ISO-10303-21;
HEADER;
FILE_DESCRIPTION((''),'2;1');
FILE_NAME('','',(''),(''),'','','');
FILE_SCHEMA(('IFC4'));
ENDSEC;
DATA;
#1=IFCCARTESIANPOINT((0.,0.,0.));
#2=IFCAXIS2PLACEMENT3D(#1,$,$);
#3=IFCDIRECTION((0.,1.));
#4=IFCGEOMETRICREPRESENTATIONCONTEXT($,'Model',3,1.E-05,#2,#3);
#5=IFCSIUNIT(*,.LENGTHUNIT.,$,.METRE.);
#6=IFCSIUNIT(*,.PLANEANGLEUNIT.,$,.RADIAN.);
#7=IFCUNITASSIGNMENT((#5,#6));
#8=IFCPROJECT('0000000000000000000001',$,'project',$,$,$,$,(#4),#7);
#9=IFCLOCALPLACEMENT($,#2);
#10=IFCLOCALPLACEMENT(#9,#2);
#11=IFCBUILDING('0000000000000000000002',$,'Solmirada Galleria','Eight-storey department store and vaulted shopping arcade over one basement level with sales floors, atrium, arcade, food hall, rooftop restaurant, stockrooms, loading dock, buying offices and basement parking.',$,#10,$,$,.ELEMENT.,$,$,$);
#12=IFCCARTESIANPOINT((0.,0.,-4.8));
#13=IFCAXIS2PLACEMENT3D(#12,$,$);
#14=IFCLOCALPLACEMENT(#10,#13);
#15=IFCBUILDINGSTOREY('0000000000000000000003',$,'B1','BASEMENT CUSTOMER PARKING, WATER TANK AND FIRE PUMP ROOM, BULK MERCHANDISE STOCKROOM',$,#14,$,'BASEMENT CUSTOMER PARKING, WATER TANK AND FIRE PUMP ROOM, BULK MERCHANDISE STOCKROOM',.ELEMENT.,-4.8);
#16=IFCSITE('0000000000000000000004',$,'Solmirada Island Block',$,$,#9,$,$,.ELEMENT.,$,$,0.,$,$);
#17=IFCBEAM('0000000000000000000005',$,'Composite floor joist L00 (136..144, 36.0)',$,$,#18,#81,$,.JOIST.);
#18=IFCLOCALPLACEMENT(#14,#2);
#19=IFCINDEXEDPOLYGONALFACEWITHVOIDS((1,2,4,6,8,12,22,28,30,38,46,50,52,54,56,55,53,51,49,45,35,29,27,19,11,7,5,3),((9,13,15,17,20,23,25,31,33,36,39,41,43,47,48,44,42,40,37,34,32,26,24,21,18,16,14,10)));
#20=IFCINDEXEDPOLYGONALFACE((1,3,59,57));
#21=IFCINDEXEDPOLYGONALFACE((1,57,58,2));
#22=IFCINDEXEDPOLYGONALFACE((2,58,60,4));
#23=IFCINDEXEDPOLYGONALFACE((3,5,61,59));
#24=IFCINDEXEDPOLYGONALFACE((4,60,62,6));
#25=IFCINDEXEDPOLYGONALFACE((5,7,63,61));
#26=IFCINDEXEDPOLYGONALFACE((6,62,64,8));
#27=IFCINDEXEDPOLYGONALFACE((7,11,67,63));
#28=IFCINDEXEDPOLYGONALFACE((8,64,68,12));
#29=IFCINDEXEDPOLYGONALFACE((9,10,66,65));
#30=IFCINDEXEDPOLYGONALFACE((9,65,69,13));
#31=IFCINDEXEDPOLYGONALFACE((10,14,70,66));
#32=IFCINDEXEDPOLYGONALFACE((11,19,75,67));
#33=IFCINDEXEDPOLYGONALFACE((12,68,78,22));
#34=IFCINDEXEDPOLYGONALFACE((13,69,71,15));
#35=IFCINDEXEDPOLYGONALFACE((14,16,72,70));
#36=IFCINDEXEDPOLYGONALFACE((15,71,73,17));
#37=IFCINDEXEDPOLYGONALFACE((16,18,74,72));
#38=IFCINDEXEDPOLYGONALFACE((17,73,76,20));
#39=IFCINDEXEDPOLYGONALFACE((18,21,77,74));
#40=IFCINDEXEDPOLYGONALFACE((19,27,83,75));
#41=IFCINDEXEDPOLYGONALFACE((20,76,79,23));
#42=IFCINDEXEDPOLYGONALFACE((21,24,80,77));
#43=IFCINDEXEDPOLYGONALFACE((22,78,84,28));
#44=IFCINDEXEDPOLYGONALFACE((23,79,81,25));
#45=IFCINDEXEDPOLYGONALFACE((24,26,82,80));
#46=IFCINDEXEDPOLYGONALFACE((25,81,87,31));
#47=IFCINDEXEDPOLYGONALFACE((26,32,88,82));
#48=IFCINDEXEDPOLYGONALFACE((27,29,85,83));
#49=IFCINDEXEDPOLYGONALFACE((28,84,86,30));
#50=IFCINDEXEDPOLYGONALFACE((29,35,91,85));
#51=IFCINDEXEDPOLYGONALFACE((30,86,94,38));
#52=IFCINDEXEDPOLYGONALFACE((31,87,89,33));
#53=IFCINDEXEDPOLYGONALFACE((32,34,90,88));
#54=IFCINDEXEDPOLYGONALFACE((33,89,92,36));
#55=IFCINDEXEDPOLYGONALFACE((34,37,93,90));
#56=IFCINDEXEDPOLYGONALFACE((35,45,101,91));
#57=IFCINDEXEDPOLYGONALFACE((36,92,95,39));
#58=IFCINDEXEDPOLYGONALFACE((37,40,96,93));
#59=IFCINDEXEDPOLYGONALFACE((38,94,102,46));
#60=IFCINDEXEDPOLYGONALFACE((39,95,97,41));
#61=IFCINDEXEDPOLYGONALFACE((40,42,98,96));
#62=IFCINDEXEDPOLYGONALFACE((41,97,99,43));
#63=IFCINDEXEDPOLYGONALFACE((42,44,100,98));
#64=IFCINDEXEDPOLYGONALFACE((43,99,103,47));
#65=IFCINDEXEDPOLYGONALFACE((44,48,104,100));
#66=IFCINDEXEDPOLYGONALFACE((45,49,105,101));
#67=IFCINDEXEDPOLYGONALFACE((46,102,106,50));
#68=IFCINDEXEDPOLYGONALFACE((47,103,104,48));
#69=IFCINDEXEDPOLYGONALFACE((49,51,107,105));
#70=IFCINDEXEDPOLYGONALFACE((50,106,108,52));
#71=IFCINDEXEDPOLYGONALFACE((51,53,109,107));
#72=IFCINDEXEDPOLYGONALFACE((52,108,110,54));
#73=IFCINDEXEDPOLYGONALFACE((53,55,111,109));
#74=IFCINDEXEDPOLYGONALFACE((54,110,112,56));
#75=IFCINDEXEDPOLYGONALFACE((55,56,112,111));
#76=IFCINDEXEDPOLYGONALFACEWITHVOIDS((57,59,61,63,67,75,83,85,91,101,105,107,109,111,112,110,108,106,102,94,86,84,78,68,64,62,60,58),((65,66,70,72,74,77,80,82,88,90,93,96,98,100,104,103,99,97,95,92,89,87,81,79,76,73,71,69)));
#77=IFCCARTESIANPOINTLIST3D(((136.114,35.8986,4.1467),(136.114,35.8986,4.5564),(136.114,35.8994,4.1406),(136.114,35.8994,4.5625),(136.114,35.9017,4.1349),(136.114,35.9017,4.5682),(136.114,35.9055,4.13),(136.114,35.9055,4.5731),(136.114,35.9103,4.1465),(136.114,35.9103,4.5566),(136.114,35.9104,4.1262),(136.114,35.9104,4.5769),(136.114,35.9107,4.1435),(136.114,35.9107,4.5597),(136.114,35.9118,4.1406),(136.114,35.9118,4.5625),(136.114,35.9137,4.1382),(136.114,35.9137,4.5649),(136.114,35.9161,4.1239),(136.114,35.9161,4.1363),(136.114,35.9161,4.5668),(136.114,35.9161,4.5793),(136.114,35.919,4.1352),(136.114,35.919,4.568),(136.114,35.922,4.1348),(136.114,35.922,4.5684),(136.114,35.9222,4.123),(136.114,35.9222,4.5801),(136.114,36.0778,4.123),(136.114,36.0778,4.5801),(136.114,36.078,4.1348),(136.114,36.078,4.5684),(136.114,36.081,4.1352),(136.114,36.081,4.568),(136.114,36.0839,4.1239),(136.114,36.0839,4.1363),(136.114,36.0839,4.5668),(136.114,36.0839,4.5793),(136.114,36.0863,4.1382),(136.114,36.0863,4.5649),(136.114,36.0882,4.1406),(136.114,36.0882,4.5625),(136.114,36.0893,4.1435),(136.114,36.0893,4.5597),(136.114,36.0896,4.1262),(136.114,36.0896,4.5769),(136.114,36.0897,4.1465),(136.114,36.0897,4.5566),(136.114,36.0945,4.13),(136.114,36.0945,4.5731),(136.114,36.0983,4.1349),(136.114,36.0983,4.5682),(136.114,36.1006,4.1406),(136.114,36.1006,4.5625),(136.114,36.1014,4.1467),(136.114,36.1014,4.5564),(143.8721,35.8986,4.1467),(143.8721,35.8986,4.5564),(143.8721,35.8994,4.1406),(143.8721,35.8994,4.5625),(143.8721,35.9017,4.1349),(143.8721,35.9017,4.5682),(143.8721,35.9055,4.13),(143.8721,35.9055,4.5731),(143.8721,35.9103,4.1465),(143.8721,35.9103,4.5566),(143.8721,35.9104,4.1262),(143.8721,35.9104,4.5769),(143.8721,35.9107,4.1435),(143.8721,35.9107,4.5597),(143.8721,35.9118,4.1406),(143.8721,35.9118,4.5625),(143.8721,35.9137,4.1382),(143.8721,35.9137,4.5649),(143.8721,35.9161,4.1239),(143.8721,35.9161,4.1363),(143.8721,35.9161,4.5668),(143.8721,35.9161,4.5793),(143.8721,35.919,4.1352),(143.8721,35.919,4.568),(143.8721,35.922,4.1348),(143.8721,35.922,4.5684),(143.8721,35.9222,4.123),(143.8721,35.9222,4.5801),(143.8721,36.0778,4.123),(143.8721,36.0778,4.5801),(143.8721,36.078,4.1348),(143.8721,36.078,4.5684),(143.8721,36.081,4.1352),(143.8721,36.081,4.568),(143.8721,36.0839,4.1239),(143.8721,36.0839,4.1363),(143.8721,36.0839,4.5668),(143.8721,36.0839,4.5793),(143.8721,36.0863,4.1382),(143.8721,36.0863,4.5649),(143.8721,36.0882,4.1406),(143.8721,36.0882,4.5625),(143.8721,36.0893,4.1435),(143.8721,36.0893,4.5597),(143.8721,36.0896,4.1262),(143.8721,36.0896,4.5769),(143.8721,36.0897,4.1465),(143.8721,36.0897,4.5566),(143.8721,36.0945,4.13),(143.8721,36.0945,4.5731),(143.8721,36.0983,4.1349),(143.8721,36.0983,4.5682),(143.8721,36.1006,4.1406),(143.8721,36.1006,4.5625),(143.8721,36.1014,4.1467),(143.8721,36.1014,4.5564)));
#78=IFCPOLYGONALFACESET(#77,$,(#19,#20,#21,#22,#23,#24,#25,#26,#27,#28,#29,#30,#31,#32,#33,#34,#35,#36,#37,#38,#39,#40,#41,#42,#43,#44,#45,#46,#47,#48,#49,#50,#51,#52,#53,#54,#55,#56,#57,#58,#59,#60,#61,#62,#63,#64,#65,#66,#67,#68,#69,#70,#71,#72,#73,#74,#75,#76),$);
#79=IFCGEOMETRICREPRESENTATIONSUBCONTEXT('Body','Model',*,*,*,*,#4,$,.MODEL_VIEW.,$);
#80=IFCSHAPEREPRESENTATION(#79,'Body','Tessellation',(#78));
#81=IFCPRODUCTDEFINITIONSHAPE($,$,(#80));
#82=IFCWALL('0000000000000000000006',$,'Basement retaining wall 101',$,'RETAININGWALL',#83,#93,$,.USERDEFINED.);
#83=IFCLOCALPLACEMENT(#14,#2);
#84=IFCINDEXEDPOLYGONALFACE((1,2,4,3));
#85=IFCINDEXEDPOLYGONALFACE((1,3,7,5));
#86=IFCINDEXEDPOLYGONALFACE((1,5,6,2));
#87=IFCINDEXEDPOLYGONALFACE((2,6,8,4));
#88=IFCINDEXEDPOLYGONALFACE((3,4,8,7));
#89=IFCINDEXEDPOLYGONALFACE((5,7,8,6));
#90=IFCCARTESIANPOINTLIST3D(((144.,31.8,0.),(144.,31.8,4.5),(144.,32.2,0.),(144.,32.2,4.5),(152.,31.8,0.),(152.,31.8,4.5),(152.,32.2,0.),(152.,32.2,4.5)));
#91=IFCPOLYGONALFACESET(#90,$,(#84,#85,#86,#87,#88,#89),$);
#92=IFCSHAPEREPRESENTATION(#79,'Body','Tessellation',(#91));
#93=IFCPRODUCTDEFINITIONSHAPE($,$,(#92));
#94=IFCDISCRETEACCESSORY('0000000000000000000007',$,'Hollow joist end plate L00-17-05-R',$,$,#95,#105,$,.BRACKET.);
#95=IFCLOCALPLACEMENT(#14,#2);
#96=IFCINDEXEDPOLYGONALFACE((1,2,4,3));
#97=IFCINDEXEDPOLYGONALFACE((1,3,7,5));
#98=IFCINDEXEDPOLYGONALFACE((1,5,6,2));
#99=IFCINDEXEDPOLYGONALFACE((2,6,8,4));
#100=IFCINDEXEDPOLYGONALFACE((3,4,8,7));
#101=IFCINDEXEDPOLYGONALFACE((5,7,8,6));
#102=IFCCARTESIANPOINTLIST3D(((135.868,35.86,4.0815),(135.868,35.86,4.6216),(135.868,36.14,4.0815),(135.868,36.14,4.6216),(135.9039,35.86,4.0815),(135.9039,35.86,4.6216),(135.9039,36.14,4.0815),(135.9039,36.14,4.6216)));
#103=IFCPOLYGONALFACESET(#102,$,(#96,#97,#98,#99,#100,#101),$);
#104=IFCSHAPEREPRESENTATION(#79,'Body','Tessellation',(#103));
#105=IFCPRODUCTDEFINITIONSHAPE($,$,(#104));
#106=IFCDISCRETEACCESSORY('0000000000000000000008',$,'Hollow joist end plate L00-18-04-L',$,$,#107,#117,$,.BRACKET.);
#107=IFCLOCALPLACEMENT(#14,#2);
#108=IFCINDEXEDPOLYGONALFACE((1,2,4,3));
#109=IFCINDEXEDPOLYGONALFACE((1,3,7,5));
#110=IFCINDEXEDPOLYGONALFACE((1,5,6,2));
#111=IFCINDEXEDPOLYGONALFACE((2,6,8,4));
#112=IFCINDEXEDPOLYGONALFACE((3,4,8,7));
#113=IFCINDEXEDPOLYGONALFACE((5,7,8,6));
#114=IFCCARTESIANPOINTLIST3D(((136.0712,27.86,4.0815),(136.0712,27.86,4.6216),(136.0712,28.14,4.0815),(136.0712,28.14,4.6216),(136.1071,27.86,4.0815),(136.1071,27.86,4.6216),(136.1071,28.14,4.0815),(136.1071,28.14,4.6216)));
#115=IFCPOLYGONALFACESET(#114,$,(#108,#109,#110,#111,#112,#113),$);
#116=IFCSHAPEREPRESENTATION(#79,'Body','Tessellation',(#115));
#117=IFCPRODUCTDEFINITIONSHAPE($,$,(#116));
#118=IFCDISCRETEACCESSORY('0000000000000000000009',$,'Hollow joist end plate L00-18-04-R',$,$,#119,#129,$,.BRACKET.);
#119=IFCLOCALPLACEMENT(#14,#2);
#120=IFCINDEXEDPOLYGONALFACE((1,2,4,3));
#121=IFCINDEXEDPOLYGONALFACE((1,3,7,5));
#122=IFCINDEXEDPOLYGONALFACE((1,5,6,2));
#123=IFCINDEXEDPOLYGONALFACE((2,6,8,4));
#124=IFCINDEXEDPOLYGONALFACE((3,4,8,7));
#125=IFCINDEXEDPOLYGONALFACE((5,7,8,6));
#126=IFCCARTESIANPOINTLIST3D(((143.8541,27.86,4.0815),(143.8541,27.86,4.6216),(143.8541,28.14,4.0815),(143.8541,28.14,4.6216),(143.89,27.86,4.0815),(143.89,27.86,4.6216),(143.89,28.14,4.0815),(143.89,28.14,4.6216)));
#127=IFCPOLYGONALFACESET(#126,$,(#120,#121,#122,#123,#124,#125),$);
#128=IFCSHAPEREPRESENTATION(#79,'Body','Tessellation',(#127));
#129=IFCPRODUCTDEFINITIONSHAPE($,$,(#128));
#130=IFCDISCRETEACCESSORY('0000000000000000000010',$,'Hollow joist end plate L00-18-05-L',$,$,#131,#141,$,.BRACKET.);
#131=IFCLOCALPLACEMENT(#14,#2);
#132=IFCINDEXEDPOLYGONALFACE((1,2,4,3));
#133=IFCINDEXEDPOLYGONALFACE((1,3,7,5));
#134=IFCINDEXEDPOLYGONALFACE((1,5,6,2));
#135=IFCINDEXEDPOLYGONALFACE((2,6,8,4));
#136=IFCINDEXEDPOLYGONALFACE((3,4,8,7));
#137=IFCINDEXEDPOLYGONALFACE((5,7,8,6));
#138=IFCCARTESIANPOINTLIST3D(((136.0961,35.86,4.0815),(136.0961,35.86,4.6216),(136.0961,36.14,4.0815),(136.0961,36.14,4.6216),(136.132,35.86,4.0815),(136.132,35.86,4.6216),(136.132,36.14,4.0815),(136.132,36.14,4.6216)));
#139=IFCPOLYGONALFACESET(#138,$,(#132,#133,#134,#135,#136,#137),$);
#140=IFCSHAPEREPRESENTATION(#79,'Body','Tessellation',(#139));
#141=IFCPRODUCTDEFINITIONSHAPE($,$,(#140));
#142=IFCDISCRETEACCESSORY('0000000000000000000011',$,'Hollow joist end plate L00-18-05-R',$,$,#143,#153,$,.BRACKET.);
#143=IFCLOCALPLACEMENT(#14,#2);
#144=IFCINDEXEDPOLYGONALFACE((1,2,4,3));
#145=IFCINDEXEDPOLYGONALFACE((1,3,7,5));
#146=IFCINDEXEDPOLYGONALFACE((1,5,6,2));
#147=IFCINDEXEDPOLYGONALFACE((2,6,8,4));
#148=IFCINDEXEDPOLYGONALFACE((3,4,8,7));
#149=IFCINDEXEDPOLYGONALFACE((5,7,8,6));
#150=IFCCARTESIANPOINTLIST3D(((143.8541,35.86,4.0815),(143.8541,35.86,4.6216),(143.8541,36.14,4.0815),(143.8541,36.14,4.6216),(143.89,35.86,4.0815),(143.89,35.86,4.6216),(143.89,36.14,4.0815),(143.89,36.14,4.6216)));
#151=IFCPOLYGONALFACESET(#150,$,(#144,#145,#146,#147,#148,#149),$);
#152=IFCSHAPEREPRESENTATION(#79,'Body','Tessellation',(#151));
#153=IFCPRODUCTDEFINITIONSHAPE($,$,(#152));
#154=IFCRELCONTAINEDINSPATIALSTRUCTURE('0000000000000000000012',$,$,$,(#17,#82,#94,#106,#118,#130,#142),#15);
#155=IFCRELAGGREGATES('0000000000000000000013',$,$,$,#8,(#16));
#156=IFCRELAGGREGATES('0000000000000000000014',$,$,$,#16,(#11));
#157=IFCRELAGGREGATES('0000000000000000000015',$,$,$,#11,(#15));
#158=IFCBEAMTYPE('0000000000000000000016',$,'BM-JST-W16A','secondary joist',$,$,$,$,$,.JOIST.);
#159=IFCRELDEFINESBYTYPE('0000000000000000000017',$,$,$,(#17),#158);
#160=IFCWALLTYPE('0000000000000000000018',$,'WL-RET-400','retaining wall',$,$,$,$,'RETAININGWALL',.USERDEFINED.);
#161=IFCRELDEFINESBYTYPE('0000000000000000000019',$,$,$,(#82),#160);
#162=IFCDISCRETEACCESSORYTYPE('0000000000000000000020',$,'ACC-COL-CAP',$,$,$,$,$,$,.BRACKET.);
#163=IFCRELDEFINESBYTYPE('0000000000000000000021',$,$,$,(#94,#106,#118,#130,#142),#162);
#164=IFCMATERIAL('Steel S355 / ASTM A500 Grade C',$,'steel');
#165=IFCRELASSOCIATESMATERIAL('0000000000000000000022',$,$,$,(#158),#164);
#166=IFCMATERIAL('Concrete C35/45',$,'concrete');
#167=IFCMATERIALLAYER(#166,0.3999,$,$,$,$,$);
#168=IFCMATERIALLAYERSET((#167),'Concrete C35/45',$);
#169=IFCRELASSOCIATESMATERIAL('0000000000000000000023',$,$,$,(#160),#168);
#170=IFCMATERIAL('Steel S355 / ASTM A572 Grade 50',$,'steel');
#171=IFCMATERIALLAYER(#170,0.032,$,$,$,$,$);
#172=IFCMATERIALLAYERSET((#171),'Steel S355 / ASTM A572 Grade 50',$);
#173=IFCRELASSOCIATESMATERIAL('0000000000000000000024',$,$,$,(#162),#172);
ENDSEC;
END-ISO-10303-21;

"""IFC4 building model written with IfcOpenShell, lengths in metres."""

from ifc_helpers import new_model, si_unit, direction, frame, frame_2d, origin, origin_2d, place, context, subcontext, project, spatial, rectangle, hollow_rectangle, extrude, material, layer, layer_set, material_profile, profile_set, type_object, element, save


model = new_model("IFC4")

# Units and contexts
model_context = context("Model", 3, precision=1e-05, world=origin(), true_north=direction((0.0, 1.0)))
body_context = subcontext(model_context, "Body", "Model", "MODEL_VIEW")
ifc_project = project(units=[si_unit("LENGTHUNIT", "METRE"), si_unit("PLANEANGLEUNIT", "RADIAN")], contexts=[model_context])

# Site, building, storey
site_placement = place(None, origin())
site = spatial("IfcSite", under=ifc_project, at=site_placement, Name="Solmirada Island Block", CompositionType="ELEMENT", RefElevation=0.0)
building_placement = place(site_placement, origin())
building = spatial("IfcBuilding", under=site, at=building_placement, Name="Solmirada Galleria", Description="Eight-storey department store and vaulted shopping arcade over one basement level with sales floors, atrium, arcade, food hall, rooftop restaurant, stockrooms, loading dock, buying offices and basement parking.", CompositionType="ELEMENT")
storey_placement = place(building_placement, frame((0.0, 0.0, -4.8)))
storey = spatial("IfcBuildingStorey", under=building, at=storey_placement, Name="B1", Description="BASEMENT CUSTOMER PARKING, WATER TANK AND FIRE PUMP ROOM, BULK MERCHANDISE STOCKROOM", LongName="BASEMENT CUSTOMER PARKING, WATER TANK AND FIRE PUMP ROOM, BULK MERCHANDISE STOCKROOM", CompositionType="ELEMENT", Elevation=-4.8)

# Shared definitions
ifc_material_1 = material(Name="Concrete C35/45", Category="concrete")

# Shared definitions
ifc_material_2 = material(Name="Steel S355 / ASTM A500 Grade C", Category="steel")

# Beam
ifc_material_profile_1 = material_profile(ifc_material_2, hollow_rectangle(XDim=0.2029, YDim=0.457, WallThickness=0.0117, InnerFilletRadius=0.0117, OuterFilletRadius=0.0237, at=origin_2d()), Name="HSS18X8X1/2")
ifc_profile_set_1 = profile_set([ifc_material_profile_1], Name="Steel S355 / ASTM A500 Grade C")
beam_type_1 = type_object("IfcBeamType", Name="BM-JST-W16A", Description="secondary joist", PredefinedType="JOIST", material=ifc_profile_set_1)
beam_1_placement = place(storey_placement, frame((136.114, 36.0, 4.3516), z_axis=(1.0, 0.0, 0.0), x_axis=(0.0, 1.0, 0.0)))
element("IfcBeam", 1, at=beam_1_placement, inside=storey, type_object=beam_type_1, Name="Composite floor joist L00 (136..144, 36.0)", PredefinedType="JOIST", context=body_context, shape_type="SweptSolid", body=[
    extrude(hollow_rectangle(XDim=0.2029, YDim=0.457, WallThickness=0.0117, InnerFilletRadius=0.0117, OuterFilletRadius=0.0237, at=origin_2d()), origin(), (0.0, 0.0, 1.0), 7.7581),
])

# Wall
ifc_layer_1 = layer(ifc_material_1, 0.3999)
ifc_layer_set_1 = layer_set([ifc_layer_1], Name="Concrete C35/45")
wall_type = type_object("IfcWallType", Name="WL-RET-400", Description="retaining wall", ElementType="RETAININGWALL", PredefinedType="USERDEFINED", material=ifc_layer_set_1)
wall_placement = place(storey_placement, frame((144.0, 32.0, 0.0), z_axis=(0.0, 0.0, 1.0), x_axis=(1.0, 0.0, 0.0)))
element("IfcWall", 2, at=wall_placement, inside=storey, type_object=wall_type, Name="Basement retaining wall 101", ObjectType="RETAININGWALL", PredefinedType="USERDEFINED", context=body_context, shape_type="SweptSolid", body=[
    extrude(rectangle(XDim=8.0, YDim=0.3999, at=frame_2d((4.0, 0.0))), origin(), (0.0, 0.0, 1.0), 4.5),
])

# Discrete accessories
ifc_material_3 = material(Name="Steel S355 / ASTM A572 Grade 50", Category="steel")
ifc_layer_2 = layer(ifc_material_3, 0.032)
ifc_layer_set_2 = layer_set([ifc_layer_2], Name="Steel S355 / ASTM A572 Grade 50")
discrete_accessory_type = type_object("IfcDiscreteAccessoryType", Name="ACC-COL-CAP", PredefinedType="BRACKET", material=ifc_layer_set_2)
for number, where, z_axis, x_axis, name in (
    (3, (135.886, 36.0, 4.0815), (0.0, 0.0, 1.0), (1.0, 0.0, 0.0), "Hollow joist end plate L00-17-05-R"),
    (4, (136.0891, 28.0, 4.0815), (0.0, 0.0, 1.0), (1.0, 0.0, 0.0), "Hollow joist end plate L00-18-04-L"),
    (5, (143.8721, 28.0, 4.0815), (0.0, 0.0, 1.0), (1.0, 0.0, 0.0), "Hollow joist end plate L00-18-04-R"),
    (6, (136.114, 36.0, 4.0815), (0.0, 0.0, 1.0), (1.0, 0.0, 0.0), "Hollow joist end plate L00-18-05-L"),
    (7, (143.8721, 36.0, 4.0815), (0.0, 0.0, 1.0), (1.0, 0.0, 0.0), "Hollow joist end plate L00-18-05-R"),
):
    element("IfcDiscreteAccessory", number, at=place(storey_placement, frame(where, z_axis=z_axis, x_axis=x_axis)), inside=storey, type_object=discrete_accessory_type, Name=name, PredefinedType="BRACKET", context=body_context, shape_type="SweptSolid", body=[
        extrude(rectangle(XDim=0.0359, YDim=0.28, at=origin_2d()), origin(), (0.0, 0.0, 1.0), 0.54),
    ])

save(model, "model.ifc")
